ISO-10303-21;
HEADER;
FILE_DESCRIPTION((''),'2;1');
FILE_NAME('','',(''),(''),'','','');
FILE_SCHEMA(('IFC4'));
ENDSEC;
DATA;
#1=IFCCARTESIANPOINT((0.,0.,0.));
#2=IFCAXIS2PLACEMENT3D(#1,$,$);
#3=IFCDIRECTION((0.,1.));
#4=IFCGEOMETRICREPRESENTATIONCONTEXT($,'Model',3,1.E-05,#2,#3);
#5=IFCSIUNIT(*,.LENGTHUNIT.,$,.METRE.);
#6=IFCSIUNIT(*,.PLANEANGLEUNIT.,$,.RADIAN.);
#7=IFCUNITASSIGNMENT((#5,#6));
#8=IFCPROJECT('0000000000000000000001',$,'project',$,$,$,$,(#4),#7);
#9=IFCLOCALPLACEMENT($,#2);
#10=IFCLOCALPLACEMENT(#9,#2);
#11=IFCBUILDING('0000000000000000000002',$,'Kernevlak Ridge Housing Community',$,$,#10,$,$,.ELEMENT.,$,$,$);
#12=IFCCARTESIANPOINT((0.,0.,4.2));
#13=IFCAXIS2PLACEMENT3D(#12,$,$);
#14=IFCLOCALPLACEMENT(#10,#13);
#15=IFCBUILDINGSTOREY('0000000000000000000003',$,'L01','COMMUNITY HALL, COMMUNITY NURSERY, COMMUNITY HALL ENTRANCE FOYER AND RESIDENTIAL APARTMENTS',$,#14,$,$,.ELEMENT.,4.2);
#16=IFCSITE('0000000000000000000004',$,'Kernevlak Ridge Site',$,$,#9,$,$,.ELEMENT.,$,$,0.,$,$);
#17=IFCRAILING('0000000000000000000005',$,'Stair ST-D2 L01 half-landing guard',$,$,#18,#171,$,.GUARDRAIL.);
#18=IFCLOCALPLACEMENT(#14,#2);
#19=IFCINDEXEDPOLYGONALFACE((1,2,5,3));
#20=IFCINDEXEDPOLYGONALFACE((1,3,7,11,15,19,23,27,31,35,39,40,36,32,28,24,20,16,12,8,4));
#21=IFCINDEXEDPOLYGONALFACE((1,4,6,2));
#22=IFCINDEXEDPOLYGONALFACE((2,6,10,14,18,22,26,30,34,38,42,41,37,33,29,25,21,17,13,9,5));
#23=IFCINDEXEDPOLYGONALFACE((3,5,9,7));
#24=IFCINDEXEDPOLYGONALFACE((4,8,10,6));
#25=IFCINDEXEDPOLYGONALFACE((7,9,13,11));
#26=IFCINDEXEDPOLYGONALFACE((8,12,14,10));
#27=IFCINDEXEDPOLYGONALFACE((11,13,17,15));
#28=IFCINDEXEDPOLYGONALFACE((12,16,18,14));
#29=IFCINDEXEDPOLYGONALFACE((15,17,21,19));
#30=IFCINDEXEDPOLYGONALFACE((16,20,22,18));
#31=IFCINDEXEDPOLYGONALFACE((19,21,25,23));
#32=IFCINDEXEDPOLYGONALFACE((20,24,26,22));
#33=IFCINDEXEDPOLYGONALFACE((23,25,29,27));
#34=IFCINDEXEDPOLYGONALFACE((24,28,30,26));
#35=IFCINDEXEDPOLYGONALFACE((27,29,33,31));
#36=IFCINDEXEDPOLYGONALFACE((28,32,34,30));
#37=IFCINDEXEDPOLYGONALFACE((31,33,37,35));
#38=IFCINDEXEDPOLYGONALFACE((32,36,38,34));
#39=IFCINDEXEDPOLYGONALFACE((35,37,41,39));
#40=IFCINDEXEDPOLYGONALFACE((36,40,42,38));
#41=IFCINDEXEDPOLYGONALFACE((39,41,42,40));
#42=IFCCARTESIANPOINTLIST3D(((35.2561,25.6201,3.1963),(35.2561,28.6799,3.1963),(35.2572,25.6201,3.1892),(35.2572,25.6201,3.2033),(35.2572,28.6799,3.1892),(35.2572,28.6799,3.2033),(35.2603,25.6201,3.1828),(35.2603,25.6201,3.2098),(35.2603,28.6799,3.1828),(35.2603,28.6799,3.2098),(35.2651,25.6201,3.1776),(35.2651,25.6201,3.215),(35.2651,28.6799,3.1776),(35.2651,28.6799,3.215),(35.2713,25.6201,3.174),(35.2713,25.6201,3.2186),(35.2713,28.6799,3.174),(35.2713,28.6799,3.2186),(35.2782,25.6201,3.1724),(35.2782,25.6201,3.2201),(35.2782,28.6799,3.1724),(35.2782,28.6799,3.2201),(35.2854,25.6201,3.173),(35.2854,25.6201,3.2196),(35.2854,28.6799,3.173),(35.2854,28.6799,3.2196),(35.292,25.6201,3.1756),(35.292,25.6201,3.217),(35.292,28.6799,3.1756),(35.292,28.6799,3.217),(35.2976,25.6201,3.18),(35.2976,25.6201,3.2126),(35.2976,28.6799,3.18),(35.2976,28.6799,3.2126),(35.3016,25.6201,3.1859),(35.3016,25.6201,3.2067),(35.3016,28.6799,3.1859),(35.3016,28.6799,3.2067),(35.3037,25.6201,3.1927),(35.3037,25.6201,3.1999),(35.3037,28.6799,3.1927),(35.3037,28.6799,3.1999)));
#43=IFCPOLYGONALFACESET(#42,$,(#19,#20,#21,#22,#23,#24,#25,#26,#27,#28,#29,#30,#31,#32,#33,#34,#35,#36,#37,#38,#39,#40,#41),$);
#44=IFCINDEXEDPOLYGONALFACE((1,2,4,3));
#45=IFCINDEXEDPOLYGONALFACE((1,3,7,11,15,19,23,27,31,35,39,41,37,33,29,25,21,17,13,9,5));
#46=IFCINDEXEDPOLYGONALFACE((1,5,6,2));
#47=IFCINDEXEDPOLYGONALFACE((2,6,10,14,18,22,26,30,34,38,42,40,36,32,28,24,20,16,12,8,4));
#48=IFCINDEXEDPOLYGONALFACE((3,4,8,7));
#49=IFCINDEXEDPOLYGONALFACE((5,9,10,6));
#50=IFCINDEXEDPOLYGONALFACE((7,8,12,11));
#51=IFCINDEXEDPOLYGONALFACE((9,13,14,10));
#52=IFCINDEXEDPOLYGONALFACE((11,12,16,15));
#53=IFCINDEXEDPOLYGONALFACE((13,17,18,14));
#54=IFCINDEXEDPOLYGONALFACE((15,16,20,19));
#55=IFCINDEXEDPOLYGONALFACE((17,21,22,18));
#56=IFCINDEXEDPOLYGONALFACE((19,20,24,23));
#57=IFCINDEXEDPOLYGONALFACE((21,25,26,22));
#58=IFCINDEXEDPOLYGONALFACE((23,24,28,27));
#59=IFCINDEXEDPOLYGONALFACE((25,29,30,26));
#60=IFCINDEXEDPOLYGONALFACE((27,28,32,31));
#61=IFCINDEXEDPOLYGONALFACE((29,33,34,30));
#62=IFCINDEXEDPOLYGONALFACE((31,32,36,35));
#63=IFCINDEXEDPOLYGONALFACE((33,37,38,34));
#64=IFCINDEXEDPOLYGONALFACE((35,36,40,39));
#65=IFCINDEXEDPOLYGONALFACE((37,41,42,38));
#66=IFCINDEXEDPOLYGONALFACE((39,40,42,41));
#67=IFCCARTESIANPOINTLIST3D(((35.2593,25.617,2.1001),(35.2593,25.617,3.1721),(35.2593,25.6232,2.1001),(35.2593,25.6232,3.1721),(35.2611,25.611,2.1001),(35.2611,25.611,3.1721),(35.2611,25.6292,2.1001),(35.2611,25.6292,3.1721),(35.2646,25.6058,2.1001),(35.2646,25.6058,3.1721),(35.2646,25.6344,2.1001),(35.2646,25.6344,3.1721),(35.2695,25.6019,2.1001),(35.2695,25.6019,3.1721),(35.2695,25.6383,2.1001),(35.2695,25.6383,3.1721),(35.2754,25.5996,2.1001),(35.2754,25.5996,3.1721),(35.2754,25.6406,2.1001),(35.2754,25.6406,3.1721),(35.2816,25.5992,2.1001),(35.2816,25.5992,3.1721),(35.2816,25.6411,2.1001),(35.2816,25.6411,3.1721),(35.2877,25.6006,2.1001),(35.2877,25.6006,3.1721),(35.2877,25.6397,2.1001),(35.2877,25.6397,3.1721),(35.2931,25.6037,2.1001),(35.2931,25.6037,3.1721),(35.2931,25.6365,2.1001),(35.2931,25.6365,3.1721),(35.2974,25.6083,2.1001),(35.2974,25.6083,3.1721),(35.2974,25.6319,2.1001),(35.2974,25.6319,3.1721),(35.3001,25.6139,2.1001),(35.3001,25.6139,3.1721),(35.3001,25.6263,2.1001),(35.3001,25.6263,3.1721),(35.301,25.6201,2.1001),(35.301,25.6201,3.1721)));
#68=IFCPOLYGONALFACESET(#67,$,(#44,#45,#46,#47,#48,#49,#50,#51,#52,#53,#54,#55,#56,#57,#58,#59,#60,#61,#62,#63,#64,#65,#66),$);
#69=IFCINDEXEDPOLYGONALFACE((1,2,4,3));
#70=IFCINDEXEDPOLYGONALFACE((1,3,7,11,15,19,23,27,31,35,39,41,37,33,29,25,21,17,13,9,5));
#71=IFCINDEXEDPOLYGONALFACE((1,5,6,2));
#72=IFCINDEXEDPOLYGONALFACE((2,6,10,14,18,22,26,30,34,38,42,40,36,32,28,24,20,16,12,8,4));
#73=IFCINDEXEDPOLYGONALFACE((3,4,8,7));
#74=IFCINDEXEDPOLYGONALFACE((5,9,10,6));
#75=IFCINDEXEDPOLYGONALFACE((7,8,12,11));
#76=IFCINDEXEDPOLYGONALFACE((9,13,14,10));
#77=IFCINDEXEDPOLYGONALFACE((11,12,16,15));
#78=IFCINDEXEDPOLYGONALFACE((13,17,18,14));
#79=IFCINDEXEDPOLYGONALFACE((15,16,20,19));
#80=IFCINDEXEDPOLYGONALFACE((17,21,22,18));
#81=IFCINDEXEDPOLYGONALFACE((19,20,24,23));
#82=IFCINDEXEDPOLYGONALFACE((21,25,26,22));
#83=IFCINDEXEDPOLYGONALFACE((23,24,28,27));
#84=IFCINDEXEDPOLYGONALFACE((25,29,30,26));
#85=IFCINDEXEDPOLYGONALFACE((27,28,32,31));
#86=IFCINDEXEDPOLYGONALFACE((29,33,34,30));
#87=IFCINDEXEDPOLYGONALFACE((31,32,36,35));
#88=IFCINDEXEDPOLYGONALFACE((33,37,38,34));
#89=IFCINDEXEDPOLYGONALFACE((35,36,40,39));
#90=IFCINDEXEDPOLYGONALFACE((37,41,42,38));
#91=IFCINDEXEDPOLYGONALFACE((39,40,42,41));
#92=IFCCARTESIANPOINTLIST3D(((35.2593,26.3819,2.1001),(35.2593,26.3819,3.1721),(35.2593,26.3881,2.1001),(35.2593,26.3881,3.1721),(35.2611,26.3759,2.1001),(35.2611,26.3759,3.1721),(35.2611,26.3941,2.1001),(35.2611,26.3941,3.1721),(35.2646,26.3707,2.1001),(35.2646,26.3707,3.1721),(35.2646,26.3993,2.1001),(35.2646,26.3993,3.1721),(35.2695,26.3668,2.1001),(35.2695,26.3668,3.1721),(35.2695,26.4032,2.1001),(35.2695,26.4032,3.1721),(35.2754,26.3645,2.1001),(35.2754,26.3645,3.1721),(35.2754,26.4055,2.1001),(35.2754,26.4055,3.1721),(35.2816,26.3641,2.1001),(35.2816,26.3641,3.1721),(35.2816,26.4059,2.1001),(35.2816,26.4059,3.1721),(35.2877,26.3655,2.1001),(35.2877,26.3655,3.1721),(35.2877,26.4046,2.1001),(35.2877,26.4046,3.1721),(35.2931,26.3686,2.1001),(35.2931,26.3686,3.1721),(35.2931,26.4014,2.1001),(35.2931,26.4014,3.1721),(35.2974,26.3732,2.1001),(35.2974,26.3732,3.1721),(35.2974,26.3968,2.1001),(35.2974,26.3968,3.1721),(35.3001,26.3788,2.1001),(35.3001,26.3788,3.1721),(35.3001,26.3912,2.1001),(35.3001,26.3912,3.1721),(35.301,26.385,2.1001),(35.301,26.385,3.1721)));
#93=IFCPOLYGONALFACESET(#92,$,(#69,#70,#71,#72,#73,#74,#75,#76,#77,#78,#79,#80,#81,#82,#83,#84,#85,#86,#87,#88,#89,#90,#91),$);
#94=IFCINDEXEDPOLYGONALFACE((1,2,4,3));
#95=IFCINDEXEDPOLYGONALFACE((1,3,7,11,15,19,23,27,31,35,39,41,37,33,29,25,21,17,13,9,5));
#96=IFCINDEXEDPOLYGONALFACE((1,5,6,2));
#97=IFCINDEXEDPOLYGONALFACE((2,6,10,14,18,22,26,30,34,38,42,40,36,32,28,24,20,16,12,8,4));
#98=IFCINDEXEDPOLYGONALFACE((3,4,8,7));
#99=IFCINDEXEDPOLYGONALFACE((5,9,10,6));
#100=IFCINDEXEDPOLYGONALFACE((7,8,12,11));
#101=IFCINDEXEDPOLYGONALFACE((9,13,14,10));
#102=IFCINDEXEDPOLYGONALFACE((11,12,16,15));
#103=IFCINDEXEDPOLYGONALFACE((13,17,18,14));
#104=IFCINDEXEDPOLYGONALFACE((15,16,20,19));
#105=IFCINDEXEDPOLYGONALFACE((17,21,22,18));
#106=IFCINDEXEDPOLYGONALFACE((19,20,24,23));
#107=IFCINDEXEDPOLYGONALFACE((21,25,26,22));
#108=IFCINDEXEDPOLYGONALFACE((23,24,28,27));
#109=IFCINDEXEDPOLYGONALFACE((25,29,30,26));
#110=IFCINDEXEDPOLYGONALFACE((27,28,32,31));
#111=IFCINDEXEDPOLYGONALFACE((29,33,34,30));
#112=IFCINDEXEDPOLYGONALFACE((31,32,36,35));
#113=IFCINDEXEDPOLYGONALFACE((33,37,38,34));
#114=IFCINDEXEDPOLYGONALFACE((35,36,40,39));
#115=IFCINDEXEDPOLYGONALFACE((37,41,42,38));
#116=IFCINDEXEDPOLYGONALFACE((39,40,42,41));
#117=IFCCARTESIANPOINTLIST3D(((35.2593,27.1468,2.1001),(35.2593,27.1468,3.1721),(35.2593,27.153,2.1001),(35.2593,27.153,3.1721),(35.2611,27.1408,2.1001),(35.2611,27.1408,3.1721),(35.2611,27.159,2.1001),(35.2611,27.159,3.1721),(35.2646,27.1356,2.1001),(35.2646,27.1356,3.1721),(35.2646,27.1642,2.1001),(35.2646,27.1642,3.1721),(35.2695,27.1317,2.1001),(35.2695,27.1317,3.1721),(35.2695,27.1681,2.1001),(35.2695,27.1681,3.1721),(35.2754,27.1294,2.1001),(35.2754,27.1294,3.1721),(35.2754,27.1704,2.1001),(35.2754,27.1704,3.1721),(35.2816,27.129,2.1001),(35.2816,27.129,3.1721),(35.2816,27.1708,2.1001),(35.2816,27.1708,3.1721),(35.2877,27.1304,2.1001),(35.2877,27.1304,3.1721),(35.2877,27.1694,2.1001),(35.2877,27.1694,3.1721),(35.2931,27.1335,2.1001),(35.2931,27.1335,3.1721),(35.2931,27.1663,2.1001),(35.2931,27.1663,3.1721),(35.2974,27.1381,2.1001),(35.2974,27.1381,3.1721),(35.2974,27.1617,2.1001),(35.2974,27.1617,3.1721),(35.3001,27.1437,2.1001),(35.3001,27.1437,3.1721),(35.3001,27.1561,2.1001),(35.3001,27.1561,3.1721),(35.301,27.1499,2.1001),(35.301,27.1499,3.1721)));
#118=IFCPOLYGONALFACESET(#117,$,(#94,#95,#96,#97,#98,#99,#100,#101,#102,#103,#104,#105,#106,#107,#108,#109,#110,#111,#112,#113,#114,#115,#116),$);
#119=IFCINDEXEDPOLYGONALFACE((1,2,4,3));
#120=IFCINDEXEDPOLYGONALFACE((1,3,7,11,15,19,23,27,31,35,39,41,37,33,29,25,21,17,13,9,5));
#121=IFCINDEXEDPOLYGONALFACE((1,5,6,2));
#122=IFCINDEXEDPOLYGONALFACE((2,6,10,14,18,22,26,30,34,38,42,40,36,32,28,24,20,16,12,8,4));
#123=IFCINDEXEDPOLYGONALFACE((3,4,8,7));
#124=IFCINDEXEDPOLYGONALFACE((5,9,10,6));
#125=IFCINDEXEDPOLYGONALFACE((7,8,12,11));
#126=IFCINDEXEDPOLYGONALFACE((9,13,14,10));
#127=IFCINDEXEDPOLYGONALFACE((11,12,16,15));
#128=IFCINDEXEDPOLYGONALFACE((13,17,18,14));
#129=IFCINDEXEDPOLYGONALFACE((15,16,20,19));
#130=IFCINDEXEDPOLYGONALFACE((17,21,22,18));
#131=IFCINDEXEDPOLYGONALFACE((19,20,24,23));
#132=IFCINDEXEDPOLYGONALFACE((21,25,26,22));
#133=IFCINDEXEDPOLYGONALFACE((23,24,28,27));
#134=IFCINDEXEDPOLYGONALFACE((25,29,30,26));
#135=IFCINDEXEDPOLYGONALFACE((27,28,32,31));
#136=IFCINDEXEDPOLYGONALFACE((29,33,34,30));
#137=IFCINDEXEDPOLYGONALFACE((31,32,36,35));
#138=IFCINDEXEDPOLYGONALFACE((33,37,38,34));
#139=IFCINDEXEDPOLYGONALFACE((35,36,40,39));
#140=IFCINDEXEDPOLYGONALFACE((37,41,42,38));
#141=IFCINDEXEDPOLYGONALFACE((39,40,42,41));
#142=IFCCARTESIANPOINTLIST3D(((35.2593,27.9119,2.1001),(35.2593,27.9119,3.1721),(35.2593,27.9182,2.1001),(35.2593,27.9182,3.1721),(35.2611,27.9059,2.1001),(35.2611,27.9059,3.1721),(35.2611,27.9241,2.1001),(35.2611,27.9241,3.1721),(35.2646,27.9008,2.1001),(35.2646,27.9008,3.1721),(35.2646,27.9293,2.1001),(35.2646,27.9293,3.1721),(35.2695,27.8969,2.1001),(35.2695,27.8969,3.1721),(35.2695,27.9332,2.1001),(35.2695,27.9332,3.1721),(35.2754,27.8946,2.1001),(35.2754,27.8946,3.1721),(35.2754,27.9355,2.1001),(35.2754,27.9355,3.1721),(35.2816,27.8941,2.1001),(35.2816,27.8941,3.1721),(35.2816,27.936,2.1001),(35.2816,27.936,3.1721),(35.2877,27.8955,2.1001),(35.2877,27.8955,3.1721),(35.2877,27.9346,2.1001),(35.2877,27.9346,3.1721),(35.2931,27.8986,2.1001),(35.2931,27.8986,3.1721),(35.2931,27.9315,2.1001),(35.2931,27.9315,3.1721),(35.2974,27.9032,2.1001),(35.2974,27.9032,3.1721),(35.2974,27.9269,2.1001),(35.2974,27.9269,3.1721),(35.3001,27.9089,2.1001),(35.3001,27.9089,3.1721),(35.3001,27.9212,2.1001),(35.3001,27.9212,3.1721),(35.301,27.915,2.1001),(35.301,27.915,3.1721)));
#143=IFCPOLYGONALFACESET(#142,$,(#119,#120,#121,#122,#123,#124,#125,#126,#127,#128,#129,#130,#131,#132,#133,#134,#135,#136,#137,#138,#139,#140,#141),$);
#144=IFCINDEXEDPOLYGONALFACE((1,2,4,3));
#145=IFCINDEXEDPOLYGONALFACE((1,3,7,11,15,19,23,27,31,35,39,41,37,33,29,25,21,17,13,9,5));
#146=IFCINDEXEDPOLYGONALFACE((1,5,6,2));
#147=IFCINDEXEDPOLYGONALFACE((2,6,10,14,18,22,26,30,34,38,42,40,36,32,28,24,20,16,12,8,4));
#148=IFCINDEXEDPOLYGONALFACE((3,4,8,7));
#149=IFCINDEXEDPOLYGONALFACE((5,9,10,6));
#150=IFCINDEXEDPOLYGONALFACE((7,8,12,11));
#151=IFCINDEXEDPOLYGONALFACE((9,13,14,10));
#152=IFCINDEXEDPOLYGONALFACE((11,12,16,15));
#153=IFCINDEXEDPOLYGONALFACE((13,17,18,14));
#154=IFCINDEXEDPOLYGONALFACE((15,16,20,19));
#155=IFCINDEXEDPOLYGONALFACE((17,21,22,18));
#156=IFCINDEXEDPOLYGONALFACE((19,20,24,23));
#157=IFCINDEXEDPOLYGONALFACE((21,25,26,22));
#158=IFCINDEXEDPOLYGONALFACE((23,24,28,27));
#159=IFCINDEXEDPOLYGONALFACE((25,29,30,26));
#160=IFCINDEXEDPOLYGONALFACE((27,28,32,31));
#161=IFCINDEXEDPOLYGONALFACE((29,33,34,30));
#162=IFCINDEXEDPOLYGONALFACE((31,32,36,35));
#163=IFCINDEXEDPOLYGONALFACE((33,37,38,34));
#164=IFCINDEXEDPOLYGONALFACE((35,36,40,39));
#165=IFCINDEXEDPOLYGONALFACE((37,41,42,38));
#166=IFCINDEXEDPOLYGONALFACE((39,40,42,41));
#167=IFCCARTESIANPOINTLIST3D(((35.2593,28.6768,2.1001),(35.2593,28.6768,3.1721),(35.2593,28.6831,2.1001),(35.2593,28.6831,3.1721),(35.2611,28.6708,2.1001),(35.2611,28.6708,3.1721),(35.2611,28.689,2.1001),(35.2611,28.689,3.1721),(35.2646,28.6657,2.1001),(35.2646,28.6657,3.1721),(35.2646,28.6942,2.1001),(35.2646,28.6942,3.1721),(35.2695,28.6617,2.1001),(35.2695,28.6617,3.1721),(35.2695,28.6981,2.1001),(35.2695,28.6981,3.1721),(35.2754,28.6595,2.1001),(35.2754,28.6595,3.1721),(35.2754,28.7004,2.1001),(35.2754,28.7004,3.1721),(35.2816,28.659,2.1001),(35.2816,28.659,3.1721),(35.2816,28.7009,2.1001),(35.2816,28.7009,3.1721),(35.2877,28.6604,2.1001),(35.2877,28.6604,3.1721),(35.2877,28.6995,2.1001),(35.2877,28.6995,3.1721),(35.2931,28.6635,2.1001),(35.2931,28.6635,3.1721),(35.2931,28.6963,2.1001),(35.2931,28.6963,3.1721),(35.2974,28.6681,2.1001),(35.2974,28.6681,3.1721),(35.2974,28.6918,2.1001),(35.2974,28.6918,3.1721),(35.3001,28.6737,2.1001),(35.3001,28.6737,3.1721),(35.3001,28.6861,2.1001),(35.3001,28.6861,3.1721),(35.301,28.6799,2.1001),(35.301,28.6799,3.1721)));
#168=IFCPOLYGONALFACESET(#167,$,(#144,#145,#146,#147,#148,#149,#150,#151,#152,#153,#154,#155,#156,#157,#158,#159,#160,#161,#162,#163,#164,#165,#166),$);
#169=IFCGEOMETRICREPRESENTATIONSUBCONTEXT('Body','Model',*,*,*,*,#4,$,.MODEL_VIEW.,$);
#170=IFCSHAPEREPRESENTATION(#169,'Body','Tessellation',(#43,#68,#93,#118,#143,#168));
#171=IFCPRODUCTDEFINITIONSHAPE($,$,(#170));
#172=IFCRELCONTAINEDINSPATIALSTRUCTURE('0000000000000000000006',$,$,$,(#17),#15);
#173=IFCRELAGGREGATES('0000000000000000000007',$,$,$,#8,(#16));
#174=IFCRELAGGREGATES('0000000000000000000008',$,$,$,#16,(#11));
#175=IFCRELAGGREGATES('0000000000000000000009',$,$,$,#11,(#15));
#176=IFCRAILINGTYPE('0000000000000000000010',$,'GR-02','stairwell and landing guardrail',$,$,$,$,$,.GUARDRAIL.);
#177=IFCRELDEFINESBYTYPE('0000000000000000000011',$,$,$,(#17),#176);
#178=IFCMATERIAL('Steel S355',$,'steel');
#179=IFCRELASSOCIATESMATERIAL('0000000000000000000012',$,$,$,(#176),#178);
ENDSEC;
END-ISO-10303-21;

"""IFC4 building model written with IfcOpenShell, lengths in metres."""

from ifc_helpers import new_model, si_unit, direction, frame, origin, origin_2d, place, context, subcontext, project, spatial, circle, extrude, material, type_object, element, save


model = new_model("IFC4")

# Units and contexts
model_context = context("Model", 3, precision=1e-05, world=origin(), true_north=direction((0.0, 1.0)))
body_context = subcontext(model_context, "Body", "Model", "MODEL_VIEW")
ifc_project = project(units=[si_unit("LENGTHUNIT", "METRE"), si_unit("PLANEANGLEUNIT", "RADIAN")], contexts=[model_context])

# Site, building, storey
site_placement = place(None, origin())
site = spatial("IfcSite", under=ifc_project, at=site_placement, Name="Kernevlak Ridge Site", CompositionType="ELEMENT", RefElevation=0.0)
building_placement = place(site_placement, origin())
building = spatial("IfcBuilding", under=site, at=building_placement, Name="Kernevlak Ridge Housing Community", CompositionType="ELEMENT")
storey_placement = place(building_placement, frame((0.0, 0.0, 4.2)))
storey = spatial("IfcBuildingStorey", under=building, at=storey_placement, Name="L01", Description="COMMUNITY HALL, COMMUNITY NURSERY, COMMUNITY HALL ENTRANCE FOYER AND RESIDENTIAL APARTMENTS", CompositionType="ELEMENT", Elevation=4.2)

# Railing
ifc_material_1 = material(Name="Steel S355", Category="steel")
railing_type_1 = type_object("IfcRailingType", Name="GR-02", Description="stairwell and landing guardrail", PredefinedType="GUARDRAIL", material=ifc_material_1)
railing_1_placement = place(storey_placement, frame((35.28, 25.6201, 2.1001)))
element("IfcRailing", 1, at=railing_1_placement, inside=storey, type_object=railing_type_1, Name="Stair ST-D2 L01 half-landing guard", PredefinedType="GUARDRAIL", context=body_context, shape_type="SweptSolid", body=[
    extrude(circle(Radius=0.0239, at=origin_2d()), frame((0.0, 0.0, 1.0962), z_axis=(0.0, 1.0, 0.0), x_axis=(-1.0, 0.0, 0.0)), (0.0, 0.0, 1.0), 3.0598),
    extrude(circle(Radius=0.021, at=origin_2d()), origin(), (0.0, 0.0, 1.0), 1.072),
    extrude(circle(Radius=0.021, at=origin_2d()), frame((0.0, 0.7649, 0.0)), (0.0, 0.0, 1.0), 1.072),
    extrude(circle(Radius=0.021, at=origin_2d()), frame((0.0, 1.5298, 0.0)), (0.0, 0.0, 1.0), 1.072),
    extrude(circle(Radius=0.021, at=origin_2d()), frame((0.0, 2.2949, 0.0)), (0.0, 0.0, 1.0), 1.072),
    extrude(circle(Radius=0.021, at=origin_2d()), frame((0.0, 3.0598, 0.0)), (0.0, 0.0, 1.0), 1.072),
])

save(model, "model.ifc")
